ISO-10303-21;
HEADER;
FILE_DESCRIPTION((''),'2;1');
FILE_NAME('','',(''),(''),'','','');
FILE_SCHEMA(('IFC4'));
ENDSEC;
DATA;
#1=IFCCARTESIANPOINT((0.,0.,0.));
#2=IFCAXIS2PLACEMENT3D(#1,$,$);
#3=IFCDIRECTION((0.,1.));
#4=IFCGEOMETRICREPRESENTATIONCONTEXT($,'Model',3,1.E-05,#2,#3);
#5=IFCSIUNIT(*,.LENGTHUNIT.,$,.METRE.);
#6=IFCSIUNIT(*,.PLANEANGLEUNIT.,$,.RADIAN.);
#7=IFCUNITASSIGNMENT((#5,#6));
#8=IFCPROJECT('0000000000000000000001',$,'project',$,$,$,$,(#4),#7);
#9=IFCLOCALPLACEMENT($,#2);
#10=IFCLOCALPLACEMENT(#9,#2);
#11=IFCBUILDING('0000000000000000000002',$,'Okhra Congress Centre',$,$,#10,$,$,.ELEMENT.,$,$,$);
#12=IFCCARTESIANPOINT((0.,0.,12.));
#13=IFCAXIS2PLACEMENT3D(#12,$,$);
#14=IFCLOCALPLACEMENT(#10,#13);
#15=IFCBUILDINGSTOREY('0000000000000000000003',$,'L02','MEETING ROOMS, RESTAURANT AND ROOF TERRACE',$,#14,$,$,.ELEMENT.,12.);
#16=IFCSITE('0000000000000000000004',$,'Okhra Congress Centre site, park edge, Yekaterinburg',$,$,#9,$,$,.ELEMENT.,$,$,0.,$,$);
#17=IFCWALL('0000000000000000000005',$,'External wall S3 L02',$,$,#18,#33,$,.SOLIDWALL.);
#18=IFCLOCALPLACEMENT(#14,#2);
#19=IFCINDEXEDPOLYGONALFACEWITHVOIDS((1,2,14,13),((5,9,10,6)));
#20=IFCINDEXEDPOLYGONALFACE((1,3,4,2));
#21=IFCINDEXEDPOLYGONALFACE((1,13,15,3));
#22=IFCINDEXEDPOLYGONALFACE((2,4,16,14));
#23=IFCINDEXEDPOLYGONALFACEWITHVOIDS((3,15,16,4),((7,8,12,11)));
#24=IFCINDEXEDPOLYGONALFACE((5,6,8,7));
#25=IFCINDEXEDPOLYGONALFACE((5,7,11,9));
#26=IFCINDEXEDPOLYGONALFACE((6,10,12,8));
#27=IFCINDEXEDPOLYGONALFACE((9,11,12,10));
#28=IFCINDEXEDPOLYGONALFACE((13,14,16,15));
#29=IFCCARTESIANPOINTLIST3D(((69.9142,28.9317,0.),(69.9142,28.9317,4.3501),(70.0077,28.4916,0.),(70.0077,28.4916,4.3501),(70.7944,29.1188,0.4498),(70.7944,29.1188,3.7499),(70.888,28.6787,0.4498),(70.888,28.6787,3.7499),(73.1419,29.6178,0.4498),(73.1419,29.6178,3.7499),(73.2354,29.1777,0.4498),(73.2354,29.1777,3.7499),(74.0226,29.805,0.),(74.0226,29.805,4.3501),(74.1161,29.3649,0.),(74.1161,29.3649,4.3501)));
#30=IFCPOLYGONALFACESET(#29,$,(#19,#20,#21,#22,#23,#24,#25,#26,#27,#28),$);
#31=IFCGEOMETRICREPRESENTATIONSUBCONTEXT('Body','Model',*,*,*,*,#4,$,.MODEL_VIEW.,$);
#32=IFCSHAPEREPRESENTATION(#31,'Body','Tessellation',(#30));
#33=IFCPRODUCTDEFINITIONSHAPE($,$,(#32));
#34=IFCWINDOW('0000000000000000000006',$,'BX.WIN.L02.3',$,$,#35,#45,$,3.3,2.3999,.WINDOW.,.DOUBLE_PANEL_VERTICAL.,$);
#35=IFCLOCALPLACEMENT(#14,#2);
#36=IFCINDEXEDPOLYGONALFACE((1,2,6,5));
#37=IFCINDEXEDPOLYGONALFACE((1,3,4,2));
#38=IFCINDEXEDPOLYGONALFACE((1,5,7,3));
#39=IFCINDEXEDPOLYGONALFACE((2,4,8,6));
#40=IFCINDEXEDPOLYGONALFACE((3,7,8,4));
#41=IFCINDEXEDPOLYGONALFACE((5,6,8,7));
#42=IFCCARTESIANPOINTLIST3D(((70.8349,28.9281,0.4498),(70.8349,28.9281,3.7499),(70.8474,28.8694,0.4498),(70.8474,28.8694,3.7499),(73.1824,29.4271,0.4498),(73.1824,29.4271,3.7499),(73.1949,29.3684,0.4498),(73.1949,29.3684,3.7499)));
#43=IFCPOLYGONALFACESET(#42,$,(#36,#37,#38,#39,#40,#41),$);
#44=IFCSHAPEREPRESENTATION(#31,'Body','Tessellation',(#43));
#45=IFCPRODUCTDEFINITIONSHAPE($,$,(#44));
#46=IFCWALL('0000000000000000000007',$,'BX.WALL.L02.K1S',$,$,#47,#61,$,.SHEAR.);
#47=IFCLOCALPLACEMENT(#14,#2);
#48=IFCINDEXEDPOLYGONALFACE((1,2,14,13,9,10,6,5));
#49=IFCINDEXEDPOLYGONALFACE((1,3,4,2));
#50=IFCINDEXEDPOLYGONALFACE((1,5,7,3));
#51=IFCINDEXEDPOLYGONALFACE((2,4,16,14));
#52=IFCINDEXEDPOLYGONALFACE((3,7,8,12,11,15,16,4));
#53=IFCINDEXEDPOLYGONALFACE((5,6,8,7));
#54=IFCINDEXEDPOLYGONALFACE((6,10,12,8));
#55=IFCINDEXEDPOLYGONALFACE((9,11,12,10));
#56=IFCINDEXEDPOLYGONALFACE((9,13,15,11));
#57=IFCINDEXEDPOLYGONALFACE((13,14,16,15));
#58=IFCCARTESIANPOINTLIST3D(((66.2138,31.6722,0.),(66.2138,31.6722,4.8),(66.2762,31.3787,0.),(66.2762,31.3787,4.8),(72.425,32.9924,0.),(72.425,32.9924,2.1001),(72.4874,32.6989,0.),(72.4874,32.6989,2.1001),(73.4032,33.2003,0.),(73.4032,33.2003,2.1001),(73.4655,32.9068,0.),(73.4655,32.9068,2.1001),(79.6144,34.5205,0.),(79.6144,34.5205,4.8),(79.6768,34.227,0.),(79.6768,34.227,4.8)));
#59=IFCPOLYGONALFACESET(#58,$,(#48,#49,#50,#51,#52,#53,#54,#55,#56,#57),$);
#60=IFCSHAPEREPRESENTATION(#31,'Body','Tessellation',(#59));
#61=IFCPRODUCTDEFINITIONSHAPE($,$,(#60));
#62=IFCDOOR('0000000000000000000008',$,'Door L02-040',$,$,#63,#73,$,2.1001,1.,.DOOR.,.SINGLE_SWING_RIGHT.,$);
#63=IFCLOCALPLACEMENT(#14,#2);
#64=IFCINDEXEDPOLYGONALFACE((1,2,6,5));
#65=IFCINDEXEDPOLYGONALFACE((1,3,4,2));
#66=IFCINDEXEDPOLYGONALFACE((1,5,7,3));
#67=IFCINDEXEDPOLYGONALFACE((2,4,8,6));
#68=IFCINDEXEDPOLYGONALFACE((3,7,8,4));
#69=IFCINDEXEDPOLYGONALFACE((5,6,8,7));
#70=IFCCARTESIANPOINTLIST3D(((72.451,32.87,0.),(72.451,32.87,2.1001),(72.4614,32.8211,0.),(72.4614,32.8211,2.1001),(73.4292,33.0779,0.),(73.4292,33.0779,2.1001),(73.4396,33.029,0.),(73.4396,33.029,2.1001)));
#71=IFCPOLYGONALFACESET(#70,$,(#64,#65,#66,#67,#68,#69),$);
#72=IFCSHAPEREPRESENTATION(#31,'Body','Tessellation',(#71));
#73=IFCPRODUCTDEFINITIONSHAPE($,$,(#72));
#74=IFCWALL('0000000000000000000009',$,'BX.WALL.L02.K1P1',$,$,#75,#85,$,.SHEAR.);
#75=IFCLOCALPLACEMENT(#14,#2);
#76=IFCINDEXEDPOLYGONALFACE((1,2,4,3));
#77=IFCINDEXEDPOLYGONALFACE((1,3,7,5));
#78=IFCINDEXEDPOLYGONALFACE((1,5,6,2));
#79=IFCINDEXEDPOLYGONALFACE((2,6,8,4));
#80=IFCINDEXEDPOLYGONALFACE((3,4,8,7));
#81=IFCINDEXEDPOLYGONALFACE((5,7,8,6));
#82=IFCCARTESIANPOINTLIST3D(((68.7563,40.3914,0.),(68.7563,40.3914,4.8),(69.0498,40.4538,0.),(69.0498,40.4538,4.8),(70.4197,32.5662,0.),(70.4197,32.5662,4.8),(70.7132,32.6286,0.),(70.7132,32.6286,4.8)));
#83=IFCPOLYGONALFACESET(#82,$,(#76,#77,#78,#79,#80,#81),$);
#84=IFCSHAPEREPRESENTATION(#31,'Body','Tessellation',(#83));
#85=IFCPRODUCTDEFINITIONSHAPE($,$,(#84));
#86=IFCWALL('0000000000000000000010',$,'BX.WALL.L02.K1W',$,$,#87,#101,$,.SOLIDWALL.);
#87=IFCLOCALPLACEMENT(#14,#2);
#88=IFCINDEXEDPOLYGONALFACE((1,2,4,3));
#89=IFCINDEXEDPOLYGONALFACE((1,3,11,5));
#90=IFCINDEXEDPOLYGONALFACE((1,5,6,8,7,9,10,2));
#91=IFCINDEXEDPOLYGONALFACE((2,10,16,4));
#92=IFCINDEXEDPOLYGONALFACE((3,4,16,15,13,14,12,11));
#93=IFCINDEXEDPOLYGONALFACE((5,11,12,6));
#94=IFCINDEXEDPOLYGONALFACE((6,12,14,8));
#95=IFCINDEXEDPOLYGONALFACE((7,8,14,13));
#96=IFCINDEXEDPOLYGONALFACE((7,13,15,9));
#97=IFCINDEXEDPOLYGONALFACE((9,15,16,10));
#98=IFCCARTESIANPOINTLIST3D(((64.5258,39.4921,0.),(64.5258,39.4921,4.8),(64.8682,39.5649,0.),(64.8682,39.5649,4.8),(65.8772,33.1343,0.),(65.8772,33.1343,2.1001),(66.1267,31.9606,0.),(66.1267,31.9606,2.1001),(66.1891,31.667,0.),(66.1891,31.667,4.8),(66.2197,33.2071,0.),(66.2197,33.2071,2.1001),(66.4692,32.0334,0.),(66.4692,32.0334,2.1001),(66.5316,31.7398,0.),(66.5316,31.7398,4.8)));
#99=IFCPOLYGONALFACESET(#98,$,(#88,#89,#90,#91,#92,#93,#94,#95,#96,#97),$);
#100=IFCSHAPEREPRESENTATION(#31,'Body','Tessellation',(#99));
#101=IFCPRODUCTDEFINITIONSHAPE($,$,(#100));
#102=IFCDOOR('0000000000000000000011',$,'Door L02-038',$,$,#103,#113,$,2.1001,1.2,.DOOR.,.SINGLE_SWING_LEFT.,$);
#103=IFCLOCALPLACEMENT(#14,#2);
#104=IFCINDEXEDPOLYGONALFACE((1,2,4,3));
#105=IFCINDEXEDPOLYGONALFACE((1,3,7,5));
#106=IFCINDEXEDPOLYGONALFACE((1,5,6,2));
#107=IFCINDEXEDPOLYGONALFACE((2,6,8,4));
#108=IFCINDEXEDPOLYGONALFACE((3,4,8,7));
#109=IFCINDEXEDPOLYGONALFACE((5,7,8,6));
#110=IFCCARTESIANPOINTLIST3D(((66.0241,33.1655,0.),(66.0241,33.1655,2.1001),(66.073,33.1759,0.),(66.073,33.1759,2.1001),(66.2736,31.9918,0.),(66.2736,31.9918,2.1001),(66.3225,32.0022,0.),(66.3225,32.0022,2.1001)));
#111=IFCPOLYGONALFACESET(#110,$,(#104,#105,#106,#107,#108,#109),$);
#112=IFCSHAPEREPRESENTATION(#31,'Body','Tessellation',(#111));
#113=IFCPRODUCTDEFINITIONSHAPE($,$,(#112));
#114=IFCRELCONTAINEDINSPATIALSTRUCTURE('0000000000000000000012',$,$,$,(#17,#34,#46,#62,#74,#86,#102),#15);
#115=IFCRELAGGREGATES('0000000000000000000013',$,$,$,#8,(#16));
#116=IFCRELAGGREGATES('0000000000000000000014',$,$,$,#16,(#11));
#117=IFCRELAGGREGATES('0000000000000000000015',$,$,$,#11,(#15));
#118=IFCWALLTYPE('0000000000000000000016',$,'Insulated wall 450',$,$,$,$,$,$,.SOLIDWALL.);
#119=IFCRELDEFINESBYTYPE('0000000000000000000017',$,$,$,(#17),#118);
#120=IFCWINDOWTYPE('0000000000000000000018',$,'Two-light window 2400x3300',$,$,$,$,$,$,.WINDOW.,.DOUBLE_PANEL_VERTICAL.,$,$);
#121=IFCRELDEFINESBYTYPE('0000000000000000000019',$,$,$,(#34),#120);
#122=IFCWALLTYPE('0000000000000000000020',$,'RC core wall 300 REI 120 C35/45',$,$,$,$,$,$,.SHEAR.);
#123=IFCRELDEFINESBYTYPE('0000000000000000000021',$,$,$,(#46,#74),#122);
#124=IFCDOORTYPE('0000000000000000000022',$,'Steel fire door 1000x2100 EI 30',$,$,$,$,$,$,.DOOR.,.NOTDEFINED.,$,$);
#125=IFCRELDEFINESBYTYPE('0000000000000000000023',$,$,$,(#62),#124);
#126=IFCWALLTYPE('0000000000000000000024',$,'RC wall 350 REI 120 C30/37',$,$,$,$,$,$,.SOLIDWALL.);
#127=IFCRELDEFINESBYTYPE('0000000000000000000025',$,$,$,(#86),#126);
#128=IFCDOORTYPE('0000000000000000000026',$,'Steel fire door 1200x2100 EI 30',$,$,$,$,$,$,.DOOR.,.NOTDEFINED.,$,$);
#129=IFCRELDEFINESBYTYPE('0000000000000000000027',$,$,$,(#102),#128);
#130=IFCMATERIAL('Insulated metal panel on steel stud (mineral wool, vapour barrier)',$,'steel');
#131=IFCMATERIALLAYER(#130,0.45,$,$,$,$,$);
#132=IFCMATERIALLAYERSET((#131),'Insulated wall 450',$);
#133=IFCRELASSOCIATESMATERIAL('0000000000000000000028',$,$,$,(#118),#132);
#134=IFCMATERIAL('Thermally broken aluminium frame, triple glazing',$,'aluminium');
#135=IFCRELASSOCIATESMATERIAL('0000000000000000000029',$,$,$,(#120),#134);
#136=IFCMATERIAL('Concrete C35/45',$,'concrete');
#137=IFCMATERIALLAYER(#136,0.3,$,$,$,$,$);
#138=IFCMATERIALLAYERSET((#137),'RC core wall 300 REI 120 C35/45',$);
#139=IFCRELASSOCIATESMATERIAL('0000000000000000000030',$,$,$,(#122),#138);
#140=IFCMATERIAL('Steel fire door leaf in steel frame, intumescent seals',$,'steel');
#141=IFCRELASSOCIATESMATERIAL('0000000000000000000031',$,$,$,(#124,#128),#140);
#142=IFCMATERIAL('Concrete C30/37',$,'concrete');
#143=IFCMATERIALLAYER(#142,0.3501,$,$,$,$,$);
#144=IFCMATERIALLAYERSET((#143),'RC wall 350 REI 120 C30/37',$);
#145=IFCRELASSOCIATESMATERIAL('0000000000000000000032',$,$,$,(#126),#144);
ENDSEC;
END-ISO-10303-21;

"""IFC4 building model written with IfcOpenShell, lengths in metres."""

from ifc_helpers import new_model, si_unit, direction, frame, frame_2d, origin, place, context, subcontext, project, spatial, rectangle, extrude, material, layer, layer_set, type_object, element, fill, save


model = new_model("IFC4")

# Units and contexts
model_context = context("Model", 3, precision=1e-05, world=origin(), true_north=direction((0.0, 1.0)))
body_context = subcontext(model_context, "Body", "Model", "MODEL_VIEW")
ifc_project = project(units=[si_unit("LENGTHUNIT", "METRE"), si_unit("PLANEANGLEUNIT", "RADIAN")], contexts=[model_context])

# Site, building, storey
site_placement = place(None, origin())
site = spatial("IfcSite", under=ifc_project, at=site_placement, Name="Okhra Congress Centre site, park edge, Yekaterinburg", CompositionType="ELEMENT", RefElevation=0.0)
building_placement = place(site_placement, origin())
building = spatial("IfcBuilding", under=site, at=building_placement, Name="Okhra Congress Centre", CompositionType="ELEMENT")
storey_placement = place(building_placement, frame((0.0, 0.0, 12.0)))
storey = spatial("IfcBuildingStorey", under=building, at=storey_placement, Name="L02", Description="MEETING ROOMS, RESTAURANT AND ROOF TERRACE", CompositionType="ELEMENT", Elevation=12.0)

# Wall, opening, window
ifc_material_1 = material(Name="Insulated metal panel on steel stud (mineral wool, vapour barrier)", Category="steel")
ifc_layer_1 = layer(ifc_material_1, 0.45)
ifc_layer_set_1 = layer_set([ifc_layer_1], Name="Insulated wall 450")
wall_type_1 = type_object("IfcWallType", Name="Insulated wall 450", PredefinedType="SOLIDWALL", material=ifc_layer_set_1)
ifc_material_2 = material(Name="Thermally broken aluminium frame, triple glazing", Category="aluminium")
window_type = type_object("IfcWindowType", Name="Two-light window 2400x3300", PartitioningType="DOUBLE_PANEL_VERTICAL", PredefinedType="WINDOW", material=ifc_material_2)
wall_1_placement = place(storey_placement, frame((69.9609, 28.7117, 0.0), z_axis=(0.0, 0.0, 1.0), x_axis=(0.978146, 0.207917, 0.0)))
wall_1 = element("IfcWall", 1, at=wall_1_placement, inside=storey, type_object=wall_type_1, Name="External wall S3 L02", PredefinedType="SOLIDWALL", context=body_context, shape_type="SweptSolid", body=[
    extrude(rectangle(XDim=4.2002, YDim=0.45, at=frame_2d((2.1001, 0.0))), origin(), (0.0, 0.0, 1.0), 4.3501),
])
opening_1_placement = place(wall_1_placement, frame((0.8999, 0.0, 0.45)))
opening_1 = element("IfcOpeningElement", 2, at=opening_1_placement, cuts=wall_1, PredefinedType="OPENING", context=body_context, shape_type="SweptSolid", body=[
    extrude(rectangle(XDim=2.3999, YDim=3.3, at=frame_2d((1.2, 1.6499))), frame((0.0, 0.2349, 0.0), z_axis=(0.0, -1.0, 0.0), x_axis=(1.0, 0.0, 0.0)), (0.0, 0.0, 1.0), 0.47),
])
window_1_placement = place(opening_1_placement, origin())
window_1 = element("IfcWindow", 3, at=window_1_placement, inside=storey, type_object=window_type, Name="BX.WIN.L02.3", OverallHeight=3.3, OverallWidth=2.3999, PartitioningType="DOUBLE_PANEL_VERTICAL", PredefinedType="WINDOW", context=body_context, shape_type="SweptSolid", body=[
    extrude(rectangle(XDim=2.3999, YDim=3.3, at=frame_2d((1.2, 1.6499))), frame((0.0, 0.03, 0.0), z_axis=(0.0, -1.0, 0.0), x_axis=(1.0, 0.0, 0.0)), (0.0, 0.0, 1.0), 0.0601),
])
fill(opening_1, window_1)

# Wall, opening, door
ifc_material_3 = material(Name="Concrete C35/45", Category="concrete")
ifc_layer_2 = layer(ifc_material_3, 0.3)
ifc_layer_set_2 = layer_set([ifc_layer_2], Name="RC core wall 300 REI 120 C35/45")
wall_type_2 = type_object("IfcWallType", Name="RC core wall 300 REI 120 C35/45", PredefinedType="SHEAR", material=ifc_layer_set_2)
wall_2_placement = place(storey_placement, frame((66.2449, 31.5254, 0.0), z_axis=(0.0, 0.0, 1.0), x_axis=(0.978148, 0.207911, 0.0)))
wall_2 = element("IfcWall", 4, at=wall_2_placement, inside=storey, type_object=wall_type_2, Name="BX.WALL.L02.K1S", PredefinedType="SHEAR", context=body_context, shape_type="SweptSolid", body=[
    extrude(rectangle(XDim=13.7, YDim=0.3, at=frame_2d((6.8501, 0.0))), origin(), (0.0, 0.0, 1.0), 4.8),
])
opening_2_placement = place(wall_2_placement, frame((6.3501, 0.0, 0.0)))
opening_2 = element("IfcOpeningElement", 5, at=opening_2_placement, cuts=wall_2, PredefinedType="OPENING", context=body_context, shape_type="SweptSolid", body=[
    extrude(rectangle(XDim=1.0, YDim=2.1001, at=frame_2d((0.5, 1.05))), frame((0.0, 0.1599, 0.0), z_axis=(0.0, -1.0, 0.0), x_axis=(1.0, 0.0, 0.0)), (0.0, 0.0, 1.0), 0.3201),
])
ifc_material_4 = material(Name="Steel fire door leaf in steel frame, intumescent seals", Category="steel")
door_type_1 = type_object("IfcDoorType", Name="Steel fire door 1000x2100 EI 30", OperationType="NOTDEFINED", PredefinedType="DOOR", material=ifc_material_4)
door_1_placement = place(opening_2_placement, origin())
door_1 = element("IfcDoor", 6, at=door_1_placement, inside=storey, type_object=door_type_1, Name="Door L02-040", OperationType="SINGLE_SWING_RIGHT", OverallHeight=2.1001, OverallWidth=1.0, PredefinedType="DOOR", context=body_context, shape_type="SweptSolid", body=[
    extrude(rectangle(XDim=1.0, YDim=2.1001, at=frame_2d((0.5, 1.05))), frame((0.0, 0.0249, 0.0), z_axis=(0.0, -1.0, 0.0), x_axis=(1.0, 0.0, 0.0)), (0.0, 0.0, 1.0), 0.05),
])
fill(opening_2, door_1)

# Wall
wall_3_placement = place(storey_placement, frame((70.5664, 32.5974, 0.0), z_axis=(0.0, 0.0, 1.0), x_axis=(-0.207916, 0.978147, 0.0)))
element("IfcWall", 7, at=wall_3_placement, inside=storey, type_object=wall_type_2, Name="BX.WALL.L02.K1P1", PredefinedType="SHEAR", context=body_context, shape_type="SweptSolid", body=[
    extrude(rectangle(XDim=8.0, YDim=0.3, at=frame_2d((4.0, 0.0))), origin(), (0.0, 0.0, 1.0), 4.8),
])

# Wall, opening, door
ifc_material_5 = material(Name="Concrete C30/37", Category="concrete")
ifc_layer_3 = layer(ifc_material_5, 0.3501)
ifc_layer_set_3 = layer_set([ifc_layer_3], Name="RC wall 350 REI 120 C30/37")
wall_type_3 = type_object("IfcWallType", Name="RC wall 350 REI 120 C30/37", PredefinedType="SOLIDWALL", material=ifc_layer_set_3)
wall_4_placement = place(storey_placement, frame((66.3604, 31.7034, 0.0), z_axis=(0.0, 0.0, 1.0), x_axis=(-0.207916, 0.978147, 0.0)))
wall_4 = element("IfcWall", 8, at=wall_4_placement, inside=storey, type_object=wall_type_3, Name="BX.WALL.L02.K1W", PredefinedType="SOLIDWALL", context=body_context, shape_type="SweptSolid", body=[
    extrude(rectangle(XDim=8.0, YDim=0.3501, at=frame_2d((4.0, 0.0))), origin(), (0.0, 0.0, 1.0), 4.8),
])
opening_3_placement = place(wall_4_placement, frame((0.3, 0.0, 0.0)))
opening_3 = element("IfcOpeningElement", 9, at=opening_3_placement, cuts=wall_4, PredefinedType="OPENING", context=body_context, shape_type="SweptSolid", body=[
    extrude(rectangle(XDim=1.2, YDim=2.1001, at=frame_2d((0.6001, 1.05))), frame((0.0, 0.1851, 0.0), z_axis=(0.0, -1.0, 0.0), x_axis=(1.0, 0.0, 0.0)), (0.0, 0.0, 1.0), 0.3701),
])
door_type_2 = type_object("IfcDoorType", Name="Steel fire door 1200x2100 EI 30", OperationType="NOTDEFINED", PredefinedType="DOOR", material=ifc_material_4)
door_2_placement = place(opening_3_placement, origin())
door_2 = element("IfcDoor", 10, at=door_2_placement, inside=storey, type_object=door_type_2, Name="Door L02-038", OperationType="SINGLE_SWING_LEFT", OverallHeight=2.1001, OverallWidth=1.2, PredefinedType="DOOR", context=body_context, shape_type="SweptSolid", body=[
    extrude(rectangle(XDim=1.2, YDim=2.1001, at=frame_2d((0.6001, 1.05))), frame((0.0, 0.0249, 0.0), z_axis=(0.0, -1.0, 0.0), x_axis=(1.0, 0.0, 0.0)), (0.0, 0.0, 1.0), 0.05),
])
fill(opening_3, door_2)

save(model, "model.ifc")
